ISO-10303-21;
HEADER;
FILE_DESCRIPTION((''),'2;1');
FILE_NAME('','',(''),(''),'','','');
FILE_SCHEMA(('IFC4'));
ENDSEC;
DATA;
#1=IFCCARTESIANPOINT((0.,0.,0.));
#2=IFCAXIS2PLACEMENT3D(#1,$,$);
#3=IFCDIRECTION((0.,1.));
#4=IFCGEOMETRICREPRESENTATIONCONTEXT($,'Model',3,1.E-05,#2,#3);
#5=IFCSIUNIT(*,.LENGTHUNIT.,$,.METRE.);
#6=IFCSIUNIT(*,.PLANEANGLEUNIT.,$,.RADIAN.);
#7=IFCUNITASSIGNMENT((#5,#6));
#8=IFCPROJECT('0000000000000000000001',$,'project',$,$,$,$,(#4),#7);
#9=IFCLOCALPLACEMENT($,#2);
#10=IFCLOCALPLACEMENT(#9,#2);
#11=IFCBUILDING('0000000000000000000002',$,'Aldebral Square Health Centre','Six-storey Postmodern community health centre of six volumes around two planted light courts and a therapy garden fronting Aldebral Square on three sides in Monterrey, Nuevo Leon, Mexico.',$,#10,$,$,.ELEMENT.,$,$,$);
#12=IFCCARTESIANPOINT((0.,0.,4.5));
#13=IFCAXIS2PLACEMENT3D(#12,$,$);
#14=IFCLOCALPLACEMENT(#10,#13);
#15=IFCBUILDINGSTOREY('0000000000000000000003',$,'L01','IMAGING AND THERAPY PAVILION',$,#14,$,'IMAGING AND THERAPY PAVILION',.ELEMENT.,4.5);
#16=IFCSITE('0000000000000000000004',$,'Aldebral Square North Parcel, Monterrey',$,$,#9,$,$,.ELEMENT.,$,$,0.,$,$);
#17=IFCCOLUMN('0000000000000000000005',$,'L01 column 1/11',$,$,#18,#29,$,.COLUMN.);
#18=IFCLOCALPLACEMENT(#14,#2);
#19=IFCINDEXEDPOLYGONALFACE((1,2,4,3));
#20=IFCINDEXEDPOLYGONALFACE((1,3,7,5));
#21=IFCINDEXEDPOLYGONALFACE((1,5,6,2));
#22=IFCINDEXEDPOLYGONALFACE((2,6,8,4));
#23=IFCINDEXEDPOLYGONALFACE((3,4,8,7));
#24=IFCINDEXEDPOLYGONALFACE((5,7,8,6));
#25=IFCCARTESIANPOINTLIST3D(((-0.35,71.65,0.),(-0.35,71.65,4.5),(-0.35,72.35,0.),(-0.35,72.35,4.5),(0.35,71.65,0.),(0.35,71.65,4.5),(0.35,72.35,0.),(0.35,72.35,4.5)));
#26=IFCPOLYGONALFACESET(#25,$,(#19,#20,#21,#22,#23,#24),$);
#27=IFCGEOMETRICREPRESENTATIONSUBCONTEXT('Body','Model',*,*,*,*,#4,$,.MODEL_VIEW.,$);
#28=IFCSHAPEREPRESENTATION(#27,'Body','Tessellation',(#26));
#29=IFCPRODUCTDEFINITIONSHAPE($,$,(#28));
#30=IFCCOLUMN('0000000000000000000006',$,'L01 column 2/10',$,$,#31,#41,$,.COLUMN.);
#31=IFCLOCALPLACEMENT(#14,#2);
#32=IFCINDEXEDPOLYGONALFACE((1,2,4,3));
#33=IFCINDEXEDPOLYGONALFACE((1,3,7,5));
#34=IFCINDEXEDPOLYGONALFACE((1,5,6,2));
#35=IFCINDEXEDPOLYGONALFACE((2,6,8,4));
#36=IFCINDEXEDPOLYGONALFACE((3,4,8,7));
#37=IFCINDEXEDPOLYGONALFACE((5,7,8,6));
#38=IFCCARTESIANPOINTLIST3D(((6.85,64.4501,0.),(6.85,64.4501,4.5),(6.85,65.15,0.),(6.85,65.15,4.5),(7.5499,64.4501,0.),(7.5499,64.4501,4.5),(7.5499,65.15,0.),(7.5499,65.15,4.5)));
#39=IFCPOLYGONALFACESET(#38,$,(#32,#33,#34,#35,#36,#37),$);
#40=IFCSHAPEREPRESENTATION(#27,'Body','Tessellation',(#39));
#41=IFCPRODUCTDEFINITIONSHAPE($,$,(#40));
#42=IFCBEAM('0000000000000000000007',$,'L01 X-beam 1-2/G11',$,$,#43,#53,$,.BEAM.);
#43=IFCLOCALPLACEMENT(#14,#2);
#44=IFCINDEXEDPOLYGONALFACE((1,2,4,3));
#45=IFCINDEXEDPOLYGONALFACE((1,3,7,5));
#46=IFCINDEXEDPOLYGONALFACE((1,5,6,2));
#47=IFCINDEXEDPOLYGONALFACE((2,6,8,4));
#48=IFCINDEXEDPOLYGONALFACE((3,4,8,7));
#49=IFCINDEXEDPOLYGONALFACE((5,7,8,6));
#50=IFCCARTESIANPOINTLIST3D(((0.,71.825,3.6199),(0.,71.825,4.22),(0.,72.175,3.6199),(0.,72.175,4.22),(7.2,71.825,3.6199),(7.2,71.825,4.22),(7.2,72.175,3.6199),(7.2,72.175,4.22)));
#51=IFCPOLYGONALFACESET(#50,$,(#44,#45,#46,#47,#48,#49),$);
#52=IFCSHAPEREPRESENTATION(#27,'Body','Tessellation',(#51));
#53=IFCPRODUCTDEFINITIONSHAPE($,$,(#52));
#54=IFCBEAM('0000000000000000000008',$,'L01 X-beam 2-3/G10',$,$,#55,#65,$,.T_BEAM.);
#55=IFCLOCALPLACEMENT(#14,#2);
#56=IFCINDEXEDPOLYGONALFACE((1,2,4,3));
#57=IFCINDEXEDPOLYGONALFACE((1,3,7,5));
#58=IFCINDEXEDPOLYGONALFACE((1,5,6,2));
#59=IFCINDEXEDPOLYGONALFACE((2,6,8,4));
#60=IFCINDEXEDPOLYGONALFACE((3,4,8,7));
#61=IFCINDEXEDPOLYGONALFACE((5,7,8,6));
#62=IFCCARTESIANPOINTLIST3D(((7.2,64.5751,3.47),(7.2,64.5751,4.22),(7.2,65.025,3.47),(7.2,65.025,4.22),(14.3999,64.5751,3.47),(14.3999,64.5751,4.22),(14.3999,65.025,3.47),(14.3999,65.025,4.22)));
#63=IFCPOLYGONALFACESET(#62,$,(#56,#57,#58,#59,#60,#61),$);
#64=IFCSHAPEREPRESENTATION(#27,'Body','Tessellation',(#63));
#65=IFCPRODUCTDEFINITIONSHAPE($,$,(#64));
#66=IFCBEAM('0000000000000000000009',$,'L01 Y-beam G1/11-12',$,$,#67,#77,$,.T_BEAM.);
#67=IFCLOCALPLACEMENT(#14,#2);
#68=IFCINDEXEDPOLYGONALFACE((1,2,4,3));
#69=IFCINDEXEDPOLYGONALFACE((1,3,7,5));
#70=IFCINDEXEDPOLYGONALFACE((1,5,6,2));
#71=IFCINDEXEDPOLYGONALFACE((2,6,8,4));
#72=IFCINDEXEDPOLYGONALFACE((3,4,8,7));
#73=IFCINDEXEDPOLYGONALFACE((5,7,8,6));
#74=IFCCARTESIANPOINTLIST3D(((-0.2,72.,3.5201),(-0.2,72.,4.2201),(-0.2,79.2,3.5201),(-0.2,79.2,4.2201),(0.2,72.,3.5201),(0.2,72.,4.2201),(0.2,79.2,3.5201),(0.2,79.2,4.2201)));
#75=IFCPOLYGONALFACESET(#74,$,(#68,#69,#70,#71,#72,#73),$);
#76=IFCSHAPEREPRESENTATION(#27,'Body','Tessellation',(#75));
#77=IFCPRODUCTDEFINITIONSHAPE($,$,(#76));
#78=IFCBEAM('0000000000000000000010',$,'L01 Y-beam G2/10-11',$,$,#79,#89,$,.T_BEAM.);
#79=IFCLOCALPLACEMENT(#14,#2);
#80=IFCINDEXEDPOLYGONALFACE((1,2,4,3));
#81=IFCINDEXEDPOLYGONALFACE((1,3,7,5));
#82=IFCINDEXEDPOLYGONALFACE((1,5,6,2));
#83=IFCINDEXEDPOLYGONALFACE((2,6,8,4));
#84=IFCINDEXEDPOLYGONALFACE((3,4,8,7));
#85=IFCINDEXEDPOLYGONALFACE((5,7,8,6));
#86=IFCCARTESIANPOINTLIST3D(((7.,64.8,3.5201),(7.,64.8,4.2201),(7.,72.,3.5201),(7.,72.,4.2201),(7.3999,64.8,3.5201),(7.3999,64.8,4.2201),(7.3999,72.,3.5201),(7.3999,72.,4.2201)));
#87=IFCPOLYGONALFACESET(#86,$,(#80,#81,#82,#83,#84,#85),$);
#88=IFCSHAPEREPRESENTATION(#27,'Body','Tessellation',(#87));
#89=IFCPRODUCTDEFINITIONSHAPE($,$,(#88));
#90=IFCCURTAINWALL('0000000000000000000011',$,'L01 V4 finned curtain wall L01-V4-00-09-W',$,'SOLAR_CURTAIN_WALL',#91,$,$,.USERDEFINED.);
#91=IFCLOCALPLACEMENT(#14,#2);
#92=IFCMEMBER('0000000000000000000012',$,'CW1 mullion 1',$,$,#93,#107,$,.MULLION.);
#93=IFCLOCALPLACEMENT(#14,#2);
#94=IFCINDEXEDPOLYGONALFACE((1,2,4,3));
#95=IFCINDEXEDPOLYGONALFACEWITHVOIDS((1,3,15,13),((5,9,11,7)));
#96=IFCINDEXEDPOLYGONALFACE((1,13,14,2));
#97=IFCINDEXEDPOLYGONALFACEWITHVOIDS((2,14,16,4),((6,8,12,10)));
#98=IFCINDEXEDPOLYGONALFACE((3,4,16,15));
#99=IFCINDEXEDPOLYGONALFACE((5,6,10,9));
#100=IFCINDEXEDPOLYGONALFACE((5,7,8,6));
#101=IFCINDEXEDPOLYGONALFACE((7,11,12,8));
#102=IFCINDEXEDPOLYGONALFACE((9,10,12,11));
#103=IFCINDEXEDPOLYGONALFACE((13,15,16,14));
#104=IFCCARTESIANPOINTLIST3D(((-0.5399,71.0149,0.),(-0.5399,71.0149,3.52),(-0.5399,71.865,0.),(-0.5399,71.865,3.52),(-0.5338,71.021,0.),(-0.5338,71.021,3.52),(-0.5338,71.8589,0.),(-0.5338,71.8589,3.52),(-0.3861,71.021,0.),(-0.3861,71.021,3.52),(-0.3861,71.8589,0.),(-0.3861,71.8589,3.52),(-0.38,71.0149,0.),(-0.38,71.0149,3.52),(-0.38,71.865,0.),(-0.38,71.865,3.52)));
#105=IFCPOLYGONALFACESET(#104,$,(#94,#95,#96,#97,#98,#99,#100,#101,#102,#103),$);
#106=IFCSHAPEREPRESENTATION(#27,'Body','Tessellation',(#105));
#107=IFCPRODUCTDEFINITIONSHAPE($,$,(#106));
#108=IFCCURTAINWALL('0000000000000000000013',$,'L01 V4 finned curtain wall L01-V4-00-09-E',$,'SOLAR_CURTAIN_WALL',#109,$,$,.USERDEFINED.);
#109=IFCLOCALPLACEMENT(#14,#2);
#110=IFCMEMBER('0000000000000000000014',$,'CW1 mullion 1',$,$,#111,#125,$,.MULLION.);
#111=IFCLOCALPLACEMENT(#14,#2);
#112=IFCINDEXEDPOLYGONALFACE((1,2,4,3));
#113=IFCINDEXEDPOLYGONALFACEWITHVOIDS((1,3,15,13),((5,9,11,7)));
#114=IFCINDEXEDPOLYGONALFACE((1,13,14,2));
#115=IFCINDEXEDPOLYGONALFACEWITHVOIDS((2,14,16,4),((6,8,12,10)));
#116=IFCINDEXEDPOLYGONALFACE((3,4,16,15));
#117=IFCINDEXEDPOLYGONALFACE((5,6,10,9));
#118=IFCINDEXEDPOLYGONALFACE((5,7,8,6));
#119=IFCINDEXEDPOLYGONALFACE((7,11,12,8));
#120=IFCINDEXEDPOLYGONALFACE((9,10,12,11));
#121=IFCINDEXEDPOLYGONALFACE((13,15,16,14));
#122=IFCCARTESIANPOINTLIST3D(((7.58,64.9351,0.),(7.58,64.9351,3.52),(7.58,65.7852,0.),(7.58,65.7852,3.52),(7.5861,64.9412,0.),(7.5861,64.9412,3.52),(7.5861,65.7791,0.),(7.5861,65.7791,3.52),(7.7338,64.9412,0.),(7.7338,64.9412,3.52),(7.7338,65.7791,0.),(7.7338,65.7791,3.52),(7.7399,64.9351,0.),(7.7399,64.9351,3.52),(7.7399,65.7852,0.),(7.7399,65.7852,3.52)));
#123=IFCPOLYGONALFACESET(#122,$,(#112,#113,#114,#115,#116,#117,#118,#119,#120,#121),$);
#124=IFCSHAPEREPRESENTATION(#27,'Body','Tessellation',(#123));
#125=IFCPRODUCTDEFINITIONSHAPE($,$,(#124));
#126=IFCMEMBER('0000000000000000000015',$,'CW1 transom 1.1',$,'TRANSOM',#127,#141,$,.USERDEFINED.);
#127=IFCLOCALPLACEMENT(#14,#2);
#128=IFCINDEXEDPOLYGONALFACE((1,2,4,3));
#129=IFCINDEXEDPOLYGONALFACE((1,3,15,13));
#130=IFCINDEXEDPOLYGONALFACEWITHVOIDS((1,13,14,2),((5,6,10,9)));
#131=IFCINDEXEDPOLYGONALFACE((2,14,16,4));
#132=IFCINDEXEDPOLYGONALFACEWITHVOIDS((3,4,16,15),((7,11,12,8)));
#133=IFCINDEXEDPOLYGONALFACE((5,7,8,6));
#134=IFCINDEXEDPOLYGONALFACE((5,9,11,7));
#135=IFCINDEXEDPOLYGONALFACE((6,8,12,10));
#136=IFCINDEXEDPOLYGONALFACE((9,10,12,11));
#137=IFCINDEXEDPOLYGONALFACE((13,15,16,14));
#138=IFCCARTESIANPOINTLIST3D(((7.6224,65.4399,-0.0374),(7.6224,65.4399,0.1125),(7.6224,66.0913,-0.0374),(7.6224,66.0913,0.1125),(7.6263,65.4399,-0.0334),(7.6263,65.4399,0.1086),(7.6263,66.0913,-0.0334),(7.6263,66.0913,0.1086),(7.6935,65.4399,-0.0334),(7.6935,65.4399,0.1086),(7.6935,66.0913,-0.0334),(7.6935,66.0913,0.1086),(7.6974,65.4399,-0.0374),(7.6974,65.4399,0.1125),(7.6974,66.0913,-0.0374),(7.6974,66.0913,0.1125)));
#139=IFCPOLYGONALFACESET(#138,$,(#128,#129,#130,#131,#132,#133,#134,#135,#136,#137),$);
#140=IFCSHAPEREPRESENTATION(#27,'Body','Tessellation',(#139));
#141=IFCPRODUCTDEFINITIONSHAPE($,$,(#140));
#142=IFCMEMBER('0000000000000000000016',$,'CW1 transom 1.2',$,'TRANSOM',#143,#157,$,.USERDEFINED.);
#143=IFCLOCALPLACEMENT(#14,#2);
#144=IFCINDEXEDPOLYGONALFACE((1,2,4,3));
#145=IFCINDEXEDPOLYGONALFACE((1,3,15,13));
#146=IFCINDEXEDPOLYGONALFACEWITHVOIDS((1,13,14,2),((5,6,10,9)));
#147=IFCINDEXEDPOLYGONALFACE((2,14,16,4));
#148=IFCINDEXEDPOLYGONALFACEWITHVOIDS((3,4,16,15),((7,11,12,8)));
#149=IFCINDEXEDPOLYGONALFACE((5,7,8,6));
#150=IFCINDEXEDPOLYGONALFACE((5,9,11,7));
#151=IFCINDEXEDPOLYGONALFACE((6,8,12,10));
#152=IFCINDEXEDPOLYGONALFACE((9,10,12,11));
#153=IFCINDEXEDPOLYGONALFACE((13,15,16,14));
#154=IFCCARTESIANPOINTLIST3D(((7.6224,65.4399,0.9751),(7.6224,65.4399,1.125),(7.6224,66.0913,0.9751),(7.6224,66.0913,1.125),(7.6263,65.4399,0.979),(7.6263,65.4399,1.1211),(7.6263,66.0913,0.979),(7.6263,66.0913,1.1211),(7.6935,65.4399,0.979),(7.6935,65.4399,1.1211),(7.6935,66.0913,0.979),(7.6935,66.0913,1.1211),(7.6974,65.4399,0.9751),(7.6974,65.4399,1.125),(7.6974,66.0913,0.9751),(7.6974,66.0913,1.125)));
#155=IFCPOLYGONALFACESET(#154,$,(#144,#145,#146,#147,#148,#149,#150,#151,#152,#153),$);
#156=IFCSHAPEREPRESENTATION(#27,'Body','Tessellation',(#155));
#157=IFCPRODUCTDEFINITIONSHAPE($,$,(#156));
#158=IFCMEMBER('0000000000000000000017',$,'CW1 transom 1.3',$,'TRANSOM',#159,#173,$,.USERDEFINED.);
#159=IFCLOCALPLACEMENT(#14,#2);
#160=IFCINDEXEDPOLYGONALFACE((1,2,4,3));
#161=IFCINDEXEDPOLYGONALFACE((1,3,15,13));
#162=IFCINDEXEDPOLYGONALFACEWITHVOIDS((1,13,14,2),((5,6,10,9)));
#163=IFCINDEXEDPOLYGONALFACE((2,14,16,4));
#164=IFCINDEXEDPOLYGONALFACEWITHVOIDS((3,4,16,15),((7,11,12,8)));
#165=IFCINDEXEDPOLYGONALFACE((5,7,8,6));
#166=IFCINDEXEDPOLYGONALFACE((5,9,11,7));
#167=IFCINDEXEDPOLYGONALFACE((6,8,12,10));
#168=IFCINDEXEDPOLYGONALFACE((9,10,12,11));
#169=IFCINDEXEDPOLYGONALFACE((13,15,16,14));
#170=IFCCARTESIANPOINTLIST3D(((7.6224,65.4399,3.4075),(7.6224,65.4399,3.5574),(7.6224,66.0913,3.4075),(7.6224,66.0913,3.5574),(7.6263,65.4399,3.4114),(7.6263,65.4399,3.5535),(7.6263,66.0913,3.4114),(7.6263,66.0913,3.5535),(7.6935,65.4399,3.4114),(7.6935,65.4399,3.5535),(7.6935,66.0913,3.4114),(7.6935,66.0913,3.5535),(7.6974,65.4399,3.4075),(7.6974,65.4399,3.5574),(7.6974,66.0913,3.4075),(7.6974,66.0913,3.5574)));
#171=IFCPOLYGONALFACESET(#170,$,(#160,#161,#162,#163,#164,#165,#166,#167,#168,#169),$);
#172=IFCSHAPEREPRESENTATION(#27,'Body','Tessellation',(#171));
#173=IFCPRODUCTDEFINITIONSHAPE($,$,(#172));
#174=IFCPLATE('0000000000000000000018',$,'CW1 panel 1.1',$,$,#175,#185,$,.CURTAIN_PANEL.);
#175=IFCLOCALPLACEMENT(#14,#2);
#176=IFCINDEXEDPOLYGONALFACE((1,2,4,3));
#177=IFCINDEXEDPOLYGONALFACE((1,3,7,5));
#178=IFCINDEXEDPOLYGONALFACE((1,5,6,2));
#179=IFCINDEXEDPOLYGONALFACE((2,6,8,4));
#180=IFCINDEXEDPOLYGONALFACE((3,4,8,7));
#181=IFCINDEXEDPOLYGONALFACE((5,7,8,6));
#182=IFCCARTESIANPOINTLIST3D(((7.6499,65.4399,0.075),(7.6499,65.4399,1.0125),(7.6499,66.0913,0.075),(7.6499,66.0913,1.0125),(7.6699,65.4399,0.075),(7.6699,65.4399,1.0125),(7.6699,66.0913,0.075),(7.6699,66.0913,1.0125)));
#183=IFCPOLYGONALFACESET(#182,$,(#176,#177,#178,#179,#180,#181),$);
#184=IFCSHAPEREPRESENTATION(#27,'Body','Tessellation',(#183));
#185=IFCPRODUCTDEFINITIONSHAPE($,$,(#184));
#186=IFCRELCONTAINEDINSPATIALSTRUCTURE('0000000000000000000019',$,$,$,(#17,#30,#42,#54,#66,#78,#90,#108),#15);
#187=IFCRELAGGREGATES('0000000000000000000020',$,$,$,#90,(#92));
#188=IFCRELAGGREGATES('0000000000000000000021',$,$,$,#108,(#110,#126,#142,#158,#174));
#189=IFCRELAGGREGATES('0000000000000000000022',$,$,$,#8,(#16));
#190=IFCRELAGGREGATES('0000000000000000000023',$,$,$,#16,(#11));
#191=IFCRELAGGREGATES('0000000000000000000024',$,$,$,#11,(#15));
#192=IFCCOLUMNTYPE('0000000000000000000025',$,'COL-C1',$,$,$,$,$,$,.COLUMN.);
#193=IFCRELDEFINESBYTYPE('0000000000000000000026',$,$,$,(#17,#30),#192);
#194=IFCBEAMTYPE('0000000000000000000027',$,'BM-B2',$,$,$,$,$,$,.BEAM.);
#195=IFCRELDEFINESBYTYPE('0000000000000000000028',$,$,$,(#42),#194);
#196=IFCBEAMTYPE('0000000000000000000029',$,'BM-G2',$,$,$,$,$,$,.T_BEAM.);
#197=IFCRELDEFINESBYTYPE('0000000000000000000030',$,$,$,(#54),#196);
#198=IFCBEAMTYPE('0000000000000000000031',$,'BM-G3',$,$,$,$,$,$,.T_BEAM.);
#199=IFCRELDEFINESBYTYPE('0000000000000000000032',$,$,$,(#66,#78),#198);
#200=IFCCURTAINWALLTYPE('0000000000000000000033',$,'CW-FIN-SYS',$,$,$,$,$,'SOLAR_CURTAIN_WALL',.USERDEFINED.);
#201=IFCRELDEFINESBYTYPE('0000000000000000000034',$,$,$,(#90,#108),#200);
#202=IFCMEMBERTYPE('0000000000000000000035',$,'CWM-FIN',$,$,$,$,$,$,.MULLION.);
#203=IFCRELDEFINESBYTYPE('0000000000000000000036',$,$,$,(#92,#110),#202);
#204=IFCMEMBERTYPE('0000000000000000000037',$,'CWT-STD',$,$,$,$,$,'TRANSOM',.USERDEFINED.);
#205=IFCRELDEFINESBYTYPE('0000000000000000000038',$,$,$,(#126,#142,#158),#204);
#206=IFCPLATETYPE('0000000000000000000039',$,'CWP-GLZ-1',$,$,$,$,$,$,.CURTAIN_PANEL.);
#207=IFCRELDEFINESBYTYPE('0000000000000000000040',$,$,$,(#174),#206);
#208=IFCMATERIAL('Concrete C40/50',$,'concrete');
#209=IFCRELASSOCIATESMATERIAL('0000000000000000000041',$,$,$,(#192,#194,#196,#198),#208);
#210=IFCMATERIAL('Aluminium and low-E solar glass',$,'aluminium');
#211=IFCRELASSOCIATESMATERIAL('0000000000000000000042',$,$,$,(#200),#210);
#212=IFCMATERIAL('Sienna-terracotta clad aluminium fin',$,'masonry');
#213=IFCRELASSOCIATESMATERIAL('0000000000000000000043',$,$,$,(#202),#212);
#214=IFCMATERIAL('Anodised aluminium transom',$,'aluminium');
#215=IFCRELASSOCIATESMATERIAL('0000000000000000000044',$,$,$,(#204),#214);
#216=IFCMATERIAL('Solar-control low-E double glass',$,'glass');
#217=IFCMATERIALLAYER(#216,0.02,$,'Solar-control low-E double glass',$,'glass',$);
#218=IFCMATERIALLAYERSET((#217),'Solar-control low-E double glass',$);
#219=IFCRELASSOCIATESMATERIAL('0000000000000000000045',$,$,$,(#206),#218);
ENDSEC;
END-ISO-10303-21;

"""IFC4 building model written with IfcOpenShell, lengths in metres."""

from ifc_helpers import new_model, si_unit, direction, frame, origin, origin_2d, place, context, subcontext, project, spatial, rectangle, hollow_rectangle, extrude, material, layer, layer_set, material_profile, profile_set, type_object, element, aggregate, save


model = new_model("IFC4")

# Units and contexts
model_context = context("Model", 3, precision=1e-05, world=origin(), true_north=direction((0.0, 1.0)))
body_context = subcontext(model_context, "Body", "Model", "MODEL_VIEW")
ifc_project = project(units=[si_unit("LENGTHUNIT", "METRE"), si_unit("PLANEANGLEUNIT", "RADIAN")], contexts=[model_context])

# Site, building, storey
site_placement = place(None, origin())
site = spatial("IfcSite", under=ifc_project, at=site_placement, Name="Aldebral Square North Parcel, Monterrey", CompositionType="ELEMENT", RefElevation=0.0)
building_placement = place(site_placement, origin())
building = spatial("IfcBuilding", under=site, at=building_placement, Name="Aldebral Square Health Centre", Description="Six-storey Postmodern community health centre of six volumes around two planted light courts and a therapy garden fronting Aldebral Square on three sides in Monterrey, Nuevo Leon, Mexico.", CompositionType="ELEMENT")
storey_placement = place(building_placement, frame((0.0, 0.0, 4.5)))
storey = spatial("IfcBuildingStorey", under=building, at=storey_placement, Name="L01", Description="IMAGING AND THERAPY PAVILION", LongName="IMAGING AND THERAPY PAVILION", CompositionType="ELEMENT", Elevation=4.5)

# Columns
ifc_material_1 = material(Name="Concrete C40/50", Category="concrete")
ifc_material_profile_1 = material_profile(ifc_material_1, rectangle(XDim=0.7, YDim=0.7, at=origin_2d()), Name="RC 700x700")
ifc_profile_set_1 = profile_set([ifc_material_profile_1], Name="Concrete C40/50")
column_type = type_object("IfcColumnType", Name="COL-C1", PredefinedType="COLUMN", material=ifc_profile_set_1)
for number, where, z_axis, x_axis, name in (
    (1, (0.0, 72.0, 0.0), (0.0, 0.0, 1.0), (1.0, 0.0, 0.0), "L01 column 1/11"),
    (2, (7.2, 64.8, 0.0), (0.0, 0.0, 1.0), (1.0, 0.0, 0.0), "L01 column 2/10"),
):
    element("IfcColumn", number, at=place(storey_placement, frame(where, z_axis=z_axis, x_axis=x_axis)), inside=storey, type_object=column_type, Name=name, PredefinedType="COLUMN", context=body_context, shape_type="SweptSolid", body=[
        extrude(rectangle(XDim=0.7, YDim=0.7, at=origin_2d()), origin(), (0.0, 0.0, 1.0), 4.5),
    ])

# Beams
ifc_material_profile_2 = material_profile(ifc_material_1, rectangle(XDim=0.3501, YDim=0.6001, at=origin_2d()), Name="RC 350x600")
ifc_profile_set_2 = profile_set([ifc_material_profile_2], Name="Concrete C40/50")
beam_type_1 = type_object("IfcBeamType", Name="BM-B2", PredefinedType="BEAM", material=ifc_profile_set_2)
beam_1_placement = place(storey_placement, frame((0.0, 72.0, 3.9199), z_axis=(1.0, 0.0, 0.0), x_axis=(0.0, 1.0, 0.0)))
element("IfcBeam", 3, at=beam_1_placement, inside=storey, type_object=beam_type_1, Name="L01 X-beam 1-2/G11", PredefinedType="BEAM", context=body_context, shape_type="SweptSolid", body=[
    extrude(rectangle(XDim=0.3501, YDim=0.6001, at=origin_2d()), origin(), (0.0, 0.0, 1.0), 7.2),
])
ifc_material_profile_3 = material_profile(ifc_material_1, rectangle(XDim=0.45, YDim=0.75, at=origin_2d()), Name="RC 450x750")
ifc_profile_set_3 = profile_set([ifc_material_profile_3], Name="Concrete C40/50")
beam_type_2 = type_object("IfcBeamType", Name="BM-G2", PredefinedType="T_BEAM", material=ifc_profile_set_3)
beam_2_placement = place(storey_placement, frame((7.2, 64.8, 3.845), z_axis=(1.0, 0.0, 0.0), x_axis=(0.0, 1.0, 0.0)))
element("IfcBeam", 4, at=beam_2_placement, inside=storey, type_object=beam_type_2, Name="L01 X-beam 2-3/G10", PredefinedType="T_BEAM", context=body_context, shape_type="SweptSolid", body=[
    extrude(rectangle(XDim=0.45, YDim=0.75, at=origin_2d()), origin(), (0.0, 0.0, 1.0), 7.2),
])
ifc_material_profile_4 = material_profile(ifc_material_1, rectangle(XDim=0.3999, YDim=0.7, at=origin_2d()), Name="RC 400x700")
ifc_profile_set_4 = profile_set([ifc_material_profile_4], Name="Concrete C40/50")
beam_type_3 = type_object("IfcBeamType", Name="BM-G3", PredefinedType="T_BEAM", material=ifc_profile_set_4)
for number, where, z_axis, x_axis, name in (
    (5, (0.0, 72.0, 3.8701), (0.0, 1.0, 0.0), (-1.0, 0.0, 0.0), "L01 Y-beam G1/11-12"),
    (6, (7.2, 64.8, 3.8701), (0.0, 1.0, 0.0), (-1.0, 0.0, 0.0), "L01 Y-beam G2/10-11"),
):
    element("IfcBeam", number, at=place(storey_placement, frame(where, z_axis=z_axis, x_axis=x_axis)), inside=storey, type_object=beam_type_3, Name=name, PredefinedType="T_BEAM", context=body_context, shape_type="SweptSolid", body=[
        extrude(rectangle(XDim=0.3999, YDim=0.7, at=origin_2d()), origin(), (0.0, 0.0, 1.0), 7.2),
    ])

# Curtain wall, member
ifc_material_2 = material(Name="Aluminium and low-E solar glass", Category="aluminium")
curtain_wall_type = type_object("IfcCurtainWallType", Name="CW-FIN-SYS", ElementType="SOLAR_CURTAIN_WALL", PredefinedType="USERDEFINED", material=ifc_material_2)
curtain_wall_1_placement = place(storey_placement, origin())
curtain_wall_1 = element("IfcCurtainWall", 7, at=curtain_wall_1_placement, inside=storey, type_object=curtain_wall_type, Name="L01 V4 finned curtain wall L01-V4-00-09-W", ObjectType="SOLAR_CURTAIN_WALL", PredefinedType="USERDEFINED")
ifc_material_3 = material(Name="Sienna-terracotta clad aluminium fin", Category="masonry")
ifc_material_profile_5 = material_profile(ifc_material_3, hollow_rectangle(XDim=0.1599, YDim=0.8501, WallThickness=0.0061, at=origin_2d()), Name="FIN 160x850x6")
ifc_profile_set_5 = profile_set([ifc_material_profile_5], Name="Sienna-terracotta clad aluminium fin")
member_type_1 = type_object("IfcMemberType", Name="CWM-FIN", PredefinedType="MULLION", material=ifc_profile_set_5)
member_1_placement = place(storey_placement, frame((-0.46, 71.4399, 0.0), z_axis=(0.0, 0.0, 1.0), x_axis=(1.0, 0.0, 0.0)))
member_1 = element("IfcMember", 8, at=member_1_placement, type_object=member_type_1, Name="CW1 mullion 1", PredefinedType="MULLION", context=body_context, shape_type="SweptSolid", body=[
    extrude(hollow_rectangle(XDim=0.1599, YDim=0.8501, WallThickness=0.0061, at=origin_2d()), origin(), (0.0, 0.0, 1.0), 3.52),
])
aggregate(curtain_wall_1, [member_1])

# Curtain wall, members, plate
curtain_wall_2_placement = place(storey_placement, origin())
curtain_wall_2 = element("IfcCurtainWall", 9, at=curtain_wall_2_placement, inside=storey, type_object=curtain_wall_type, Name="L01 V4 finned curtain wall L01-V4-00-09-E", ObjectType="SOLAR_CURTAIN_WALL", PredefinedType="USERDEFINED")
member_2_placement = place(storey_placement, frame((7.6599, 65.3601, 0.0), z_axis=(0.0, 0.0, 1.0), x_axis=(-1.0, 0.0, 0.0)))
member_2 = element("IfcMember", 10, at=member_2_placement, type_object=member_type_1, Name="CW1 mullion 1", PredefinedType="MULLION", context=body_context, shape_type="SweptSolid", body=[
    extrude(hollow_rectangle(XDim=0.1599, YDim=0.8501, WallThickness=0.0061, at=origin_2d()), origin(), (0.0, 0.0, 1.0), 3.52),
])
ifc_material_4 = material(Name="Anodised aluminium transom", Category="aluminium")
ifc_material_profile_6 = material_profile(ifc_material_4, hollow_rectangle(XDim=0.075, YDim=0.1499, WallThickness=0.0039, at=origin_2d()), Name="CWT 75x150x4")
ifc_profile_set_6 = profile_set([ifc_material_profile_6], Name="Anodised aluminium transom")
member_type_2 = type_object("IfcMemberType", Name="CWT-STD", ElementType="TRANSOM", PredefinedType="USERDEFINED", material=ifc_profile_set_6)
member_3_placement = place(storey_placement, frame((7.6599, 65.4399, 0.0376), z_axis=(0.0, 1.0, 0.0), x_axis=(-1.0, 0.0, 0.0)))
member_3 = element("IfcMember", 11, at=member_3_placement, type_object=member_type_2, Name="CW1 transom 1.1", ObjectType="TRANSOM", PredefinedType="USERDEFINED", context=body_context, shape_type="SweptSolid", body=[
    extrude(hollow_rectangle(XDim=0.075, YDim=0.1499, WallThickness=0.0039, at=origin_2d()), origin(), (0.0, 0.0, 1.0), 0.6514),
])
member_4_placement = place(storey_placement, frame((7.6599, 65.4399, 1.05), z_axis=(0.0, 1.0, 0.0), x_axis=(-1.0, 0.0, 0.0)))
member_4 = element("IfcMember", 12, at=member_4_placement, type_object=member_type_2, Name="CW1 transom 1.2", ObjectType="TRANSOM", PredefinedType="USERDEFINED", context=body_context, shape_type="SweptSolid", body=[
    extrude(hollow_rectangle(XDim=0.075, YDim=0.1499, WallThickness=0.0039, at=origin_2d()), origin(), (0.0, 0.0, 1.0), 0.6514),
])
member_5_placement = place(storey_placement, frame((7.6599, 65.4399, 3.4824), z_axis=(0.0, 1.0, 0.0), x_axis=(-1.0, 0.0, 0.0)))
member_5 = element("IfcMember", 13, at=member_5_placement, type_object=member_type_2, Name="CW1 transom 1.3", ObjectType="TRANSOM", PredefinedType="USERDEFINED", context=body_context, shape_type="SweptSolid", body=[
    extrude(hollow_rectangle(XDim=0.075, YDim=0.1499, WallThickness=0.0039, at=origin_2d()), origin(), (0.0, 0.0, 1.0), 0.6514),
])
ifc_material_5 = material(Name="Solar-control low-E double glass", Category="glass")
ifc_layer_1 = layer(ifc_material_5, 0.02, Name="Solar-control low-E double glass", Category="glass")
ifc_layer_set_1 = layer_set([ifc_layer_1], Name="Solar-control low-E double glass")
plate_type = type_object("IfcPlateType", Name="CWP-GLZ-1", PredefinedType="CURTAIN_PANEL", material=ifc_layer_set_1)
plate_1_placement = place(storey_placement, frame((7.6599, 65.7656, 0.075), z_axis=(0.0, 0.0, 1.0), x_axis=(0.0, 1.0, 0.0)))
plate_1 = element("IfcPlate", 14, at=plate_1_placement, type_object=plate_type, Name="CW1 panel 1.1", PredefinedType="CURTAIN_PANEL", context=body_context, shape_type="SweptSolid", body=[
    extrude(rectangle(XDim=0.6514, YDim=0.02, at=origin_2d()), origin(), (0.0, 0.0, 1.0), 0.9375),
])
aggregate(curtain_wall_2, [member_2, member_3, member_4, member_5, plate_1])

save(model, "model.ifc")
